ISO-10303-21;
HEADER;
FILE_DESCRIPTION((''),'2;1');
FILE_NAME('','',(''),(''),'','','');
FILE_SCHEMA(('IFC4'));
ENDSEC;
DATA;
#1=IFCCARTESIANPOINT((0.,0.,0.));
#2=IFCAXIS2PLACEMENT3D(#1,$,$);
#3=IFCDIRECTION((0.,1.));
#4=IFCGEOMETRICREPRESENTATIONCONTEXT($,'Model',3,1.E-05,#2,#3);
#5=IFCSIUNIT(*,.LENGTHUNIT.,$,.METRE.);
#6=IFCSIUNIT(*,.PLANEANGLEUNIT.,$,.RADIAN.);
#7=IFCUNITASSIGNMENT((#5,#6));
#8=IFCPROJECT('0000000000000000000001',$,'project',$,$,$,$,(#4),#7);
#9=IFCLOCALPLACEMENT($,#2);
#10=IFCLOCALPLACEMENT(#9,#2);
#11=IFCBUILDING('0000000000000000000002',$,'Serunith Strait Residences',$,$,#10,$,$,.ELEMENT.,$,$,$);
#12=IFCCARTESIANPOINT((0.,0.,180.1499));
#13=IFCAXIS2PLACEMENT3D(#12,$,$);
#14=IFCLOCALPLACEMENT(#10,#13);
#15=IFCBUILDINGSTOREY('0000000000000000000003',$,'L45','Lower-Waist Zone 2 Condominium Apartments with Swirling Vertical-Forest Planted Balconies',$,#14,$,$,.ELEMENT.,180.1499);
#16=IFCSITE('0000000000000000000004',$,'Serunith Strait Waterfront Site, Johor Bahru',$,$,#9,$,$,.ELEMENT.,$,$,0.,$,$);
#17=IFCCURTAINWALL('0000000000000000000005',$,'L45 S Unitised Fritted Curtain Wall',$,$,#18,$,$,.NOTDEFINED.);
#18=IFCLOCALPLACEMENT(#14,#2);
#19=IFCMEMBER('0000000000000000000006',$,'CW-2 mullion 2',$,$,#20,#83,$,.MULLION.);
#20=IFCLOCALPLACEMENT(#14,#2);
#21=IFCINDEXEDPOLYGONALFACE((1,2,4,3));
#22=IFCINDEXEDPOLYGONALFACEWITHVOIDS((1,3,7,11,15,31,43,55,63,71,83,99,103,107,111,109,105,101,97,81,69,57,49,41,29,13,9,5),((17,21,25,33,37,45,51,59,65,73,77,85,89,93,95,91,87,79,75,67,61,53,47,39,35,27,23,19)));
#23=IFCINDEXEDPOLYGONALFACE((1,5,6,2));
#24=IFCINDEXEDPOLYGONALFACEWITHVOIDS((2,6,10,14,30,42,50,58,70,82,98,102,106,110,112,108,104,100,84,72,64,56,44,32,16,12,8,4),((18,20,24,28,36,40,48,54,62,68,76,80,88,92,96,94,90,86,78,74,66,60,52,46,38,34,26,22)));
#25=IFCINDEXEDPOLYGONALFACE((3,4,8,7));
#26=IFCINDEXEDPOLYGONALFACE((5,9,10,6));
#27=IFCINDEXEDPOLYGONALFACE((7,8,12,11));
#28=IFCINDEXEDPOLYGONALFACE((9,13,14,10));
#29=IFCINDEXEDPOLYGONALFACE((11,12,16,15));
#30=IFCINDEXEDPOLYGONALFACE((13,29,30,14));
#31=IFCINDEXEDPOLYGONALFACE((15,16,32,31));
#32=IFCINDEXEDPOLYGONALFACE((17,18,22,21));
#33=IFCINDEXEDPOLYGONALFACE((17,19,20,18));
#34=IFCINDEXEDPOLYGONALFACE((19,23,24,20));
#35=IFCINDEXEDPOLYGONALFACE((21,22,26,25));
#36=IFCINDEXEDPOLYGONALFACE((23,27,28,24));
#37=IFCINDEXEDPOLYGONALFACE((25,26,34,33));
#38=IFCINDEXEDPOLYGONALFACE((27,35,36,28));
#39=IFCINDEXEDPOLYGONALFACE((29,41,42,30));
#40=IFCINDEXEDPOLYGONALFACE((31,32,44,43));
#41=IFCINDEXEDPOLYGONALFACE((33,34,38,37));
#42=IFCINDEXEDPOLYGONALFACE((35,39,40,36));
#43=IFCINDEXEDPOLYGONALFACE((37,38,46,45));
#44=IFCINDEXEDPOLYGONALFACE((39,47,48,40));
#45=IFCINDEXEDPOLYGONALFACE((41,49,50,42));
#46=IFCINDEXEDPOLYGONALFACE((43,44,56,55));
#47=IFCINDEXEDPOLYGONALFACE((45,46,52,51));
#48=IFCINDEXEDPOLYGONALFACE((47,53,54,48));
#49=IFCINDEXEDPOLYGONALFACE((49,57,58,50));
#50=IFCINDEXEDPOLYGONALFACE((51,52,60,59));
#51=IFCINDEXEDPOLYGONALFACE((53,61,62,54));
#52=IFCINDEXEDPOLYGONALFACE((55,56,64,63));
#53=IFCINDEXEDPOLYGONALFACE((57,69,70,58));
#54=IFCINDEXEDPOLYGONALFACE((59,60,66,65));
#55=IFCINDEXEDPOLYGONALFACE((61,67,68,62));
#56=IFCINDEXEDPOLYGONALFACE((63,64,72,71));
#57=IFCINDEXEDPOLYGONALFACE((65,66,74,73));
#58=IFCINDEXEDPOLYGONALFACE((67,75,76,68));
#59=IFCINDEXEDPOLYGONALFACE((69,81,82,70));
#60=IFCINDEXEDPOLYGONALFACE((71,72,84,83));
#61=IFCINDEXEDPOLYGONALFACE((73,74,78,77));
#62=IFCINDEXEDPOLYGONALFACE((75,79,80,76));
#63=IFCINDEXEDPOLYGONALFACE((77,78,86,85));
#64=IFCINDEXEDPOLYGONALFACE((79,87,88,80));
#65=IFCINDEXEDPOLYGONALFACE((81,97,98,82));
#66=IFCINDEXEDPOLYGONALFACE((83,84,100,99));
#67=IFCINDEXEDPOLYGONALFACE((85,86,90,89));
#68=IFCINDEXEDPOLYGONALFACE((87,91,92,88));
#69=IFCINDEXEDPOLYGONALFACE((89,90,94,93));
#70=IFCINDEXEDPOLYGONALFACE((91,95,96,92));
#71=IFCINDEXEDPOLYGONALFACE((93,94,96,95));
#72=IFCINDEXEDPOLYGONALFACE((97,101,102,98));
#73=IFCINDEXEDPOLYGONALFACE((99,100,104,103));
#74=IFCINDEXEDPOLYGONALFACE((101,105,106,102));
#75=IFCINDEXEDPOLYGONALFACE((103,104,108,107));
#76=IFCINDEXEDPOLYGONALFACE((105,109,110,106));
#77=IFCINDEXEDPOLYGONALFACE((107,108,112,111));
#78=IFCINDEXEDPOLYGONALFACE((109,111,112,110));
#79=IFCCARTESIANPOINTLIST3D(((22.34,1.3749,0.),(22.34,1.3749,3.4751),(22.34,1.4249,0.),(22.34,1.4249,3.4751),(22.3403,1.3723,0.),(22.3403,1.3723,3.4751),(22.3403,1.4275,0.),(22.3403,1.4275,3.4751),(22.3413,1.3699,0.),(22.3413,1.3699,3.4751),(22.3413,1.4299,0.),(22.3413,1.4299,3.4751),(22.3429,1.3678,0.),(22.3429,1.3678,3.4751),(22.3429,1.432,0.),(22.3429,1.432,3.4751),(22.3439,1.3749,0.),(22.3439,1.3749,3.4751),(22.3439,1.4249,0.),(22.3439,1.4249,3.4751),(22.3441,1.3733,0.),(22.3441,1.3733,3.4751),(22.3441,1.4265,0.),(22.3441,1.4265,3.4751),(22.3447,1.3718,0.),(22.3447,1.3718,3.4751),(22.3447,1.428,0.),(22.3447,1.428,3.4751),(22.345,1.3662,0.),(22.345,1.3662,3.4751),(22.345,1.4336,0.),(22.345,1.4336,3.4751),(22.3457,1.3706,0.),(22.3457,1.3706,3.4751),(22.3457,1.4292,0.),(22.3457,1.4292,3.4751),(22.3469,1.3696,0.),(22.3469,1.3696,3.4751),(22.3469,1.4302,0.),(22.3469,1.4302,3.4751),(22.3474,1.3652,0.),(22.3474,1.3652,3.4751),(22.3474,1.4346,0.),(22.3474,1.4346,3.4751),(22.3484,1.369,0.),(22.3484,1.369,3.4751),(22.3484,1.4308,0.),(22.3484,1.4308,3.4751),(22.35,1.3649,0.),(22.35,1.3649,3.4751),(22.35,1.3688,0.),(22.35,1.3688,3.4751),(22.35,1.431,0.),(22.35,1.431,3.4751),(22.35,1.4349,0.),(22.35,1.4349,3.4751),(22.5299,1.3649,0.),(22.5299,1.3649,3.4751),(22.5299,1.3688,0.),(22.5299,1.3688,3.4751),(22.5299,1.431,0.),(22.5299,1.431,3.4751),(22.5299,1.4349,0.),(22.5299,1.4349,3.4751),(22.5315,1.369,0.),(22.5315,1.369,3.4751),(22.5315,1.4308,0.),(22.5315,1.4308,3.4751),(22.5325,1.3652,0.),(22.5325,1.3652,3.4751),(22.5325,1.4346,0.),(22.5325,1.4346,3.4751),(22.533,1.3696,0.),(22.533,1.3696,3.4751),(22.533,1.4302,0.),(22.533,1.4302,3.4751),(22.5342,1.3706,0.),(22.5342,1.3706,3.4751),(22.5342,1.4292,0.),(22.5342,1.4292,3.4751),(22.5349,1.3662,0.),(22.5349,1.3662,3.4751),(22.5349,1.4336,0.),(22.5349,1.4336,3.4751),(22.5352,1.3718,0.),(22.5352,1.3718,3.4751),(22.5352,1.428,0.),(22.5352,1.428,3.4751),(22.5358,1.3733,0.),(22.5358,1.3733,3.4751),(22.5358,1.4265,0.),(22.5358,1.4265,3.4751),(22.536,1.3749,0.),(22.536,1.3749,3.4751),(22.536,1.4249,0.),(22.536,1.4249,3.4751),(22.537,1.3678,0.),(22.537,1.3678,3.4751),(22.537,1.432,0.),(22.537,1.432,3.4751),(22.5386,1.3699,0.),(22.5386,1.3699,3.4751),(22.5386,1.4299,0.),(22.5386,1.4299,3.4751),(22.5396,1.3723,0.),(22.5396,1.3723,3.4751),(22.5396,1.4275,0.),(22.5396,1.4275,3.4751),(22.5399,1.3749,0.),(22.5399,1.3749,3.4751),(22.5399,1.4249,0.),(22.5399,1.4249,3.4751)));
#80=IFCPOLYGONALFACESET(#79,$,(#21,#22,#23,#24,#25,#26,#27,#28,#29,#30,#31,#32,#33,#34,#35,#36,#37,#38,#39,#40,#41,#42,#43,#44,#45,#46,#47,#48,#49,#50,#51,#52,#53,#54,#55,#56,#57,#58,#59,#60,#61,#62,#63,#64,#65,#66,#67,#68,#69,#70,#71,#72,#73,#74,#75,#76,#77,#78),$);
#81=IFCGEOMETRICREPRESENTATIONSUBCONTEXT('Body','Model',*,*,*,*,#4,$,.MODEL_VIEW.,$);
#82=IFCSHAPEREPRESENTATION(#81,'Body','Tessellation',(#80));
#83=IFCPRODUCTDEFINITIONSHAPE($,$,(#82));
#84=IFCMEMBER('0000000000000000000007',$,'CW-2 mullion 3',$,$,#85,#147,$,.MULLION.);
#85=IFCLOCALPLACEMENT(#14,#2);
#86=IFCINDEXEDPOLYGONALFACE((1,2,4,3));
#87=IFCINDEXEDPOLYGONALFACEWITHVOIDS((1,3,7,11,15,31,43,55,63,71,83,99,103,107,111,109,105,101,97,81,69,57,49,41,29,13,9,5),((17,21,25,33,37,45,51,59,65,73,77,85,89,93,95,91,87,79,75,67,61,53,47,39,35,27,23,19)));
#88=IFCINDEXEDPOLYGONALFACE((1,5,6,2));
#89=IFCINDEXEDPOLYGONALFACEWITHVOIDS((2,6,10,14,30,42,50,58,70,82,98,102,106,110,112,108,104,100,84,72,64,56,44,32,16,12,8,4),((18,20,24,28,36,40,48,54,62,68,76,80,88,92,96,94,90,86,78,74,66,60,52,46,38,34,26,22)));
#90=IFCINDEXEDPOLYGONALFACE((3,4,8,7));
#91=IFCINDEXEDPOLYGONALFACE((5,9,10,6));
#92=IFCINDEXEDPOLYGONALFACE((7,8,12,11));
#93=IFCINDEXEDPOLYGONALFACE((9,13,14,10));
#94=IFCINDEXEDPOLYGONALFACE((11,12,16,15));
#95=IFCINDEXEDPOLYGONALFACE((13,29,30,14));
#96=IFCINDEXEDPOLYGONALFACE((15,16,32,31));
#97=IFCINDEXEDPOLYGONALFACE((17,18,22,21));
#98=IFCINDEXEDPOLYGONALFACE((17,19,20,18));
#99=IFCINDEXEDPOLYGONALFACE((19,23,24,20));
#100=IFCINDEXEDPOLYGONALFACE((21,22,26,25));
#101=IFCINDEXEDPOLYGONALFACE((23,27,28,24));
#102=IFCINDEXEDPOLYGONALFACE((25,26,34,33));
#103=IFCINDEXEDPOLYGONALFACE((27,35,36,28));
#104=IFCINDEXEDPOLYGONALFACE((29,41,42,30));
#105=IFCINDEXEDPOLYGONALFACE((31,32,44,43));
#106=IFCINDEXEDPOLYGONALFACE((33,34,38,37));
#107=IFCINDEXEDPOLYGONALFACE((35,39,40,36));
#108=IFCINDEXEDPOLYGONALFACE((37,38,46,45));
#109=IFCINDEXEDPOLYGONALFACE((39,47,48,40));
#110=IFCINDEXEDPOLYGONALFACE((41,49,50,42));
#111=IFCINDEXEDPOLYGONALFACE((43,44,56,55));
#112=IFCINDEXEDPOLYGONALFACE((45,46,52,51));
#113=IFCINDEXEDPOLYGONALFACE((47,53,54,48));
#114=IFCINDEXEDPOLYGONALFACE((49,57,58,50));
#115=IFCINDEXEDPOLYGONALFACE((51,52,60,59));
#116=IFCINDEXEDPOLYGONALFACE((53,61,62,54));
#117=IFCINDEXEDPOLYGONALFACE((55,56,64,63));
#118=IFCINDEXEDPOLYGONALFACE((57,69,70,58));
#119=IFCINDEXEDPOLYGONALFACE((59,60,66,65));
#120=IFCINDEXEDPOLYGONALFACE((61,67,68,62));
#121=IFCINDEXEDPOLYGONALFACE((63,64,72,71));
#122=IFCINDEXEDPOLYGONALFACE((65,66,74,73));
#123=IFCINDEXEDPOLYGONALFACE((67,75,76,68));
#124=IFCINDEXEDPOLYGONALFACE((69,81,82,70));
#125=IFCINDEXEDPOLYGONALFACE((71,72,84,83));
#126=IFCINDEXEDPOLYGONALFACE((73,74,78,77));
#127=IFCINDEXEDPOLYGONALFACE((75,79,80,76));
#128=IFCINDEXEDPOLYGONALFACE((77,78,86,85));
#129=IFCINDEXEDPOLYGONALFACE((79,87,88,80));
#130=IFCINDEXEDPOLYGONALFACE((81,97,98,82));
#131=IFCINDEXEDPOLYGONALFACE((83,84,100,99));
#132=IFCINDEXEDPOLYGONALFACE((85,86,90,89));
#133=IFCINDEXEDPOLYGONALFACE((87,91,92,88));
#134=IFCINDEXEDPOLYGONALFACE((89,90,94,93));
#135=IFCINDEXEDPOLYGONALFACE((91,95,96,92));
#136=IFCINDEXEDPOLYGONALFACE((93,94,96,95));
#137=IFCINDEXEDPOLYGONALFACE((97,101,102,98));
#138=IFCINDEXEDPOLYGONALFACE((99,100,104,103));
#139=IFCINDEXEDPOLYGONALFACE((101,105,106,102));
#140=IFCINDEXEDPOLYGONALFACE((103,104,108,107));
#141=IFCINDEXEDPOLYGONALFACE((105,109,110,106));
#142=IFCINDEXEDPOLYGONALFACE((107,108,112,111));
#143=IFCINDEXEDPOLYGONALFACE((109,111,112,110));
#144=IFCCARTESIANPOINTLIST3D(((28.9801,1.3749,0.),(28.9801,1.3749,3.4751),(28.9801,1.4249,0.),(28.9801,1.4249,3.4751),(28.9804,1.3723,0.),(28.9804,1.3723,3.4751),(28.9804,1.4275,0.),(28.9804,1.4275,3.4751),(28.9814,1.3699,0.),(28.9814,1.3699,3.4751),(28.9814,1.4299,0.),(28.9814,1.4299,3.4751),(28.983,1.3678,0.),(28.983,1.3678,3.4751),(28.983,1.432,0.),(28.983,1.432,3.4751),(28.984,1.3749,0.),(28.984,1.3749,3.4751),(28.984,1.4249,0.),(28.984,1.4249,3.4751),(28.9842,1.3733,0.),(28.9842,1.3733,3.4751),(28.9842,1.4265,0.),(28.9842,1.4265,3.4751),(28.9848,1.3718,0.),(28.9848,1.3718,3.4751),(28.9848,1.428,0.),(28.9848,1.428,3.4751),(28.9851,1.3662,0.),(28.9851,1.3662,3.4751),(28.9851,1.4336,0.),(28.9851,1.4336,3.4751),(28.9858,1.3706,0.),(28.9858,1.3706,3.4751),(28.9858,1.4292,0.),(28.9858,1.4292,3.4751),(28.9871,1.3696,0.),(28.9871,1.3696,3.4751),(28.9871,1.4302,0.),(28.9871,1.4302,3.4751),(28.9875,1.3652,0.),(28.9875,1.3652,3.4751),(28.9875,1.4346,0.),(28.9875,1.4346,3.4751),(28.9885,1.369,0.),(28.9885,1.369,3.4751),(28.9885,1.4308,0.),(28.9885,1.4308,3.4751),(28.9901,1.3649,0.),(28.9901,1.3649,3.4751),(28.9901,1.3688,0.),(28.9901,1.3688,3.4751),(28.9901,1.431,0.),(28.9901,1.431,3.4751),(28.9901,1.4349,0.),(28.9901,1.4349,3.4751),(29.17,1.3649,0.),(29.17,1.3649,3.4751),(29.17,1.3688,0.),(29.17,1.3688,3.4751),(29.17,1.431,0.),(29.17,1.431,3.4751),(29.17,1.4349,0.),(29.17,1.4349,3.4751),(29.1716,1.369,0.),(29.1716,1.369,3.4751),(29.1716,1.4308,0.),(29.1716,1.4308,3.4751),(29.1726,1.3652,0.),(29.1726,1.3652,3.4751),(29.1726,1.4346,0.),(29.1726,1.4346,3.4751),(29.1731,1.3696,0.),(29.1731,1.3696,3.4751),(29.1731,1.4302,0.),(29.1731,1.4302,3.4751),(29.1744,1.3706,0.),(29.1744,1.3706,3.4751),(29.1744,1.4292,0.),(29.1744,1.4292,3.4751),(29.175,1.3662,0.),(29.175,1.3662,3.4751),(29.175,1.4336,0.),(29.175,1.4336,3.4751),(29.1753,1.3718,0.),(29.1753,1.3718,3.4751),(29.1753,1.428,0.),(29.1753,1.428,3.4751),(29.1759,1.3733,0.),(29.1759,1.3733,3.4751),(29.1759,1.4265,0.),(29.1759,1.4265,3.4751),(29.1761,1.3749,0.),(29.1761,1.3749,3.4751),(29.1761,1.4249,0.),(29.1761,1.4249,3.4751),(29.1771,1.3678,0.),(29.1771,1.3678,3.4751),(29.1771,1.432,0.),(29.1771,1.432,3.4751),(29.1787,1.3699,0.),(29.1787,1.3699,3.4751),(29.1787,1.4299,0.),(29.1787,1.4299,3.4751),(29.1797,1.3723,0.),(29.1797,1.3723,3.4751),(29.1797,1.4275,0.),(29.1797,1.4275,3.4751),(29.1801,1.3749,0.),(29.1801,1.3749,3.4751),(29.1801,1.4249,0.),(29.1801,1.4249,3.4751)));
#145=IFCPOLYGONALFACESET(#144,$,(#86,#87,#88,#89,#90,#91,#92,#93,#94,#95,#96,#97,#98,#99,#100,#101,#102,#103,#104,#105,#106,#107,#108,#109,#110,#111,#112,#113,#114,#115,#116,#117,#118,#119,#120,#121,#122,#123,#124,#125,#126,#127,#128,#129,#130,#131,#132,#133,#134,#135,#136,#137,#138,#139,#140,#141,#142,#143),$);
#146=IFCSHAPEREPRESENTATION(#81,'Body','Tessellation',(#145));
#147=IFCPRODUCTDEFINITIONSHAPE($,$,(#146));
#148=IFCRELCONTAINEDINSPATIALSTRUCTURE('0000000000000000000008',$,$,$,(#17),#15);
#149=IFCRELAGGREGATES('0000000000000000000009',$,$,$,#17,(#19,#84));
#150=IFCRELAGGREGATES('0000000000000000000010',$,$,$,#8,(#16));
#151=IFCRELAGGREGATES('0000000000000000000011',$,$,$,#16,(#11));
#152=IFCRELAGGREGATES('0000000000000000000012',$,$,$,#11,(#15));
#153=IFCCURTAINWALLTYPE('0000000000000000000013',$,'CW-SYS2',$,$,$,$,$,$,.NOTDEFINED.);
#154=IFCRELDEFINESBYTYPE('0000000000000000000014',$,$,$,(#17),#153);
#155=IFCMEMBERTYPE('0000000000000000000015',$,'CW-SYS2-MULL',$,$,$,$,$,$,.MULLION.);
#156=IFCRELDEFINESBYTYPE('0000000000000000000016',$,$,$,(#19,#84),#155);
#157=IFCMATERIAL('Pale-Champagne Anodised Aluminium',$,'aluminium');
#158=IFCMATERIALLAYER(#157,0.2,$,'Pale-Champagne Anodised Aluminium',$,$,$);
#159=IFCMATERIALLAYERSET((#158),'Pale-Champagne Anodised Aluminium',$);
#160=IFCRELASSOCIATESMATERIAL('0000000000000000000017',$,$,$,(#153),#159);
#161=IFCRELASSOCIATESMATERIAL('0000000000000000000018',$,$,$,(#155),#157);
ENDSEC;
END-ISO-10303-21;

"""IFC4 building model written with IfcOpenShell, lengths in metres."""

from ifc_helpers import new_model, si_unit, direction, frame, origin, origin_2d, place, context, subcontext, project, spatial, hollow_rectangle, extrude, source, transform, mapped, material, layer, layer_set, material_profile, profile_set, type_object, element, aggregate, save


model = new_model("IFC4")

# Units and contexts
model_context = context("Model", 3, precision=1e-05, world=origin(), true_north=direction((0.0, 1.0)))
body_context = subcontext(model_context, "Body", "Model", "MODEL_VIEW")
ifc_project = project(units=[si_unit("LENGTHUNIT", "METRE"), si_unit("PLANEANGLEUNIT", "RADIAN")], contexts=[model_context])

# Site, building, storey
site_placement = place(None, origin())
site = spatial("IfcSite", under=ifc_project, at=site_placement, Name="Serunith Strait Waterfront Site, Johor Bahru", CompositionType="ELEMENT", RefElevation=0.0)
building_placement = place(site_placement, origin())
building = spatial("IfcBuilding", under=site, at=building_placement, Name="Serunith Strait Residences", CompositionType="ELEMENT")
storey_placement = place(building_placement, frame((0.0, 0.0, 180.1499)))
storey = spatial("IfcBuildingStorey", under=building, at=storey_placement, Name="L45", Description="Lower-Waist Zone 2 Condominium Apartments with Swirling Vertical-Forest Planted Balconies", CompositionType="ELEMENT", Elevation=180.1499)

# Curtain wall, members
ifc_material_1 = material(Name="Pale-Champagne Anodised Aluminium", Category="aluminium")
ifc_layer_1 = layer(ifc_material_1, 0.2, Name="Pale-Champagne Anodised Aluminium")
ifc_layer_set_1 = layer_set([ifc_layer_1], Name="Pale-Champagne Anodised Aluminium")
curtain_wall_type = type_object("IfcCurtainWallType", Name="CW-SYS2", PredefinedType="NOTDEFINED", material=ifc_layer_set_1)
curtain_wall_placement = place(storey_placement, origin())
curtain_wall = element("IfcCurtainWall", 1, at=curtain_wall_placement, inside=storey, type_object=curtain_wall_type, Name="L45 S Unitised Fritted Curtain Wall", PredefinedType="NOTDEFINED")
ifc_material_profile_1 = material_profile(ifc_material_1, hollow_rectangle(XDim=0.0701, YDim=0.2, WallThickness=0.0039, InnerFilletRadius=0.0061, OuterFilletRadius=0.01, at=origin_2d()), Name="ALU 200x70x4")
ifc_profile_set_1 = profile_set([ifc_material_profile_1], Name="Pale-Champagne Anodised Aluminium")
member_type_1 = type_object("IfcMemberType", Name="CW-SYS2-MULL", PredefinedType="MULLION", material=ifc_profile_set_1)
shared_shape_1 = source(origin(), body_context, "Body", "SweptSolid", [
    extrude(hollow_rectangle(XDim=0.0701, YDim=0.2, WallThickness=0.0039, InnerFilletRadius=0.0061, OuterFilletRadius=0.01, at=origin_2d()), origin(), (0.0, 0.0, 1.0), 3.4751),
])
member_1_placement = place(storey_placement, frame((22.4399, 1.3999, 0.0), z_axis=(0.0, 0.0, 1.0), x_axis=(0.0, 1.0, 0.0)))
member_1 = element("IfcMember", 2, at=member_1_placement, type_object=member_type_1, Name="CW-2 mullion 2", PredefinedType="MULLION", context=body_context, shape_type="MappedRepresentation", body=[
    mapped(shared_shape_1, transform((0.0, 0.0, 0.0), scale=1.0)),
])
member_2_placement = place(storey_placement, frame((29.0801, 1.3999, 0.0), z_axis=(0.0, 0.0, 1.0), x_axis=(0.0, 1.0, 0.0)))
member_2 = element("IfcMember", 3, at=member_2_placement, type_object=member_type_1, Name="CW-2 mullion 3", PredefinedType="MULLION", context=body_context, shape_type="MappedRepresentation", body=[
    mapped(shared_shape_1, transform((0.0, 0.0, 0.0), scale=1.0)),
])
aggregate(curtain_wall, [member_1, member_2])

save(model, "model.ifc")
